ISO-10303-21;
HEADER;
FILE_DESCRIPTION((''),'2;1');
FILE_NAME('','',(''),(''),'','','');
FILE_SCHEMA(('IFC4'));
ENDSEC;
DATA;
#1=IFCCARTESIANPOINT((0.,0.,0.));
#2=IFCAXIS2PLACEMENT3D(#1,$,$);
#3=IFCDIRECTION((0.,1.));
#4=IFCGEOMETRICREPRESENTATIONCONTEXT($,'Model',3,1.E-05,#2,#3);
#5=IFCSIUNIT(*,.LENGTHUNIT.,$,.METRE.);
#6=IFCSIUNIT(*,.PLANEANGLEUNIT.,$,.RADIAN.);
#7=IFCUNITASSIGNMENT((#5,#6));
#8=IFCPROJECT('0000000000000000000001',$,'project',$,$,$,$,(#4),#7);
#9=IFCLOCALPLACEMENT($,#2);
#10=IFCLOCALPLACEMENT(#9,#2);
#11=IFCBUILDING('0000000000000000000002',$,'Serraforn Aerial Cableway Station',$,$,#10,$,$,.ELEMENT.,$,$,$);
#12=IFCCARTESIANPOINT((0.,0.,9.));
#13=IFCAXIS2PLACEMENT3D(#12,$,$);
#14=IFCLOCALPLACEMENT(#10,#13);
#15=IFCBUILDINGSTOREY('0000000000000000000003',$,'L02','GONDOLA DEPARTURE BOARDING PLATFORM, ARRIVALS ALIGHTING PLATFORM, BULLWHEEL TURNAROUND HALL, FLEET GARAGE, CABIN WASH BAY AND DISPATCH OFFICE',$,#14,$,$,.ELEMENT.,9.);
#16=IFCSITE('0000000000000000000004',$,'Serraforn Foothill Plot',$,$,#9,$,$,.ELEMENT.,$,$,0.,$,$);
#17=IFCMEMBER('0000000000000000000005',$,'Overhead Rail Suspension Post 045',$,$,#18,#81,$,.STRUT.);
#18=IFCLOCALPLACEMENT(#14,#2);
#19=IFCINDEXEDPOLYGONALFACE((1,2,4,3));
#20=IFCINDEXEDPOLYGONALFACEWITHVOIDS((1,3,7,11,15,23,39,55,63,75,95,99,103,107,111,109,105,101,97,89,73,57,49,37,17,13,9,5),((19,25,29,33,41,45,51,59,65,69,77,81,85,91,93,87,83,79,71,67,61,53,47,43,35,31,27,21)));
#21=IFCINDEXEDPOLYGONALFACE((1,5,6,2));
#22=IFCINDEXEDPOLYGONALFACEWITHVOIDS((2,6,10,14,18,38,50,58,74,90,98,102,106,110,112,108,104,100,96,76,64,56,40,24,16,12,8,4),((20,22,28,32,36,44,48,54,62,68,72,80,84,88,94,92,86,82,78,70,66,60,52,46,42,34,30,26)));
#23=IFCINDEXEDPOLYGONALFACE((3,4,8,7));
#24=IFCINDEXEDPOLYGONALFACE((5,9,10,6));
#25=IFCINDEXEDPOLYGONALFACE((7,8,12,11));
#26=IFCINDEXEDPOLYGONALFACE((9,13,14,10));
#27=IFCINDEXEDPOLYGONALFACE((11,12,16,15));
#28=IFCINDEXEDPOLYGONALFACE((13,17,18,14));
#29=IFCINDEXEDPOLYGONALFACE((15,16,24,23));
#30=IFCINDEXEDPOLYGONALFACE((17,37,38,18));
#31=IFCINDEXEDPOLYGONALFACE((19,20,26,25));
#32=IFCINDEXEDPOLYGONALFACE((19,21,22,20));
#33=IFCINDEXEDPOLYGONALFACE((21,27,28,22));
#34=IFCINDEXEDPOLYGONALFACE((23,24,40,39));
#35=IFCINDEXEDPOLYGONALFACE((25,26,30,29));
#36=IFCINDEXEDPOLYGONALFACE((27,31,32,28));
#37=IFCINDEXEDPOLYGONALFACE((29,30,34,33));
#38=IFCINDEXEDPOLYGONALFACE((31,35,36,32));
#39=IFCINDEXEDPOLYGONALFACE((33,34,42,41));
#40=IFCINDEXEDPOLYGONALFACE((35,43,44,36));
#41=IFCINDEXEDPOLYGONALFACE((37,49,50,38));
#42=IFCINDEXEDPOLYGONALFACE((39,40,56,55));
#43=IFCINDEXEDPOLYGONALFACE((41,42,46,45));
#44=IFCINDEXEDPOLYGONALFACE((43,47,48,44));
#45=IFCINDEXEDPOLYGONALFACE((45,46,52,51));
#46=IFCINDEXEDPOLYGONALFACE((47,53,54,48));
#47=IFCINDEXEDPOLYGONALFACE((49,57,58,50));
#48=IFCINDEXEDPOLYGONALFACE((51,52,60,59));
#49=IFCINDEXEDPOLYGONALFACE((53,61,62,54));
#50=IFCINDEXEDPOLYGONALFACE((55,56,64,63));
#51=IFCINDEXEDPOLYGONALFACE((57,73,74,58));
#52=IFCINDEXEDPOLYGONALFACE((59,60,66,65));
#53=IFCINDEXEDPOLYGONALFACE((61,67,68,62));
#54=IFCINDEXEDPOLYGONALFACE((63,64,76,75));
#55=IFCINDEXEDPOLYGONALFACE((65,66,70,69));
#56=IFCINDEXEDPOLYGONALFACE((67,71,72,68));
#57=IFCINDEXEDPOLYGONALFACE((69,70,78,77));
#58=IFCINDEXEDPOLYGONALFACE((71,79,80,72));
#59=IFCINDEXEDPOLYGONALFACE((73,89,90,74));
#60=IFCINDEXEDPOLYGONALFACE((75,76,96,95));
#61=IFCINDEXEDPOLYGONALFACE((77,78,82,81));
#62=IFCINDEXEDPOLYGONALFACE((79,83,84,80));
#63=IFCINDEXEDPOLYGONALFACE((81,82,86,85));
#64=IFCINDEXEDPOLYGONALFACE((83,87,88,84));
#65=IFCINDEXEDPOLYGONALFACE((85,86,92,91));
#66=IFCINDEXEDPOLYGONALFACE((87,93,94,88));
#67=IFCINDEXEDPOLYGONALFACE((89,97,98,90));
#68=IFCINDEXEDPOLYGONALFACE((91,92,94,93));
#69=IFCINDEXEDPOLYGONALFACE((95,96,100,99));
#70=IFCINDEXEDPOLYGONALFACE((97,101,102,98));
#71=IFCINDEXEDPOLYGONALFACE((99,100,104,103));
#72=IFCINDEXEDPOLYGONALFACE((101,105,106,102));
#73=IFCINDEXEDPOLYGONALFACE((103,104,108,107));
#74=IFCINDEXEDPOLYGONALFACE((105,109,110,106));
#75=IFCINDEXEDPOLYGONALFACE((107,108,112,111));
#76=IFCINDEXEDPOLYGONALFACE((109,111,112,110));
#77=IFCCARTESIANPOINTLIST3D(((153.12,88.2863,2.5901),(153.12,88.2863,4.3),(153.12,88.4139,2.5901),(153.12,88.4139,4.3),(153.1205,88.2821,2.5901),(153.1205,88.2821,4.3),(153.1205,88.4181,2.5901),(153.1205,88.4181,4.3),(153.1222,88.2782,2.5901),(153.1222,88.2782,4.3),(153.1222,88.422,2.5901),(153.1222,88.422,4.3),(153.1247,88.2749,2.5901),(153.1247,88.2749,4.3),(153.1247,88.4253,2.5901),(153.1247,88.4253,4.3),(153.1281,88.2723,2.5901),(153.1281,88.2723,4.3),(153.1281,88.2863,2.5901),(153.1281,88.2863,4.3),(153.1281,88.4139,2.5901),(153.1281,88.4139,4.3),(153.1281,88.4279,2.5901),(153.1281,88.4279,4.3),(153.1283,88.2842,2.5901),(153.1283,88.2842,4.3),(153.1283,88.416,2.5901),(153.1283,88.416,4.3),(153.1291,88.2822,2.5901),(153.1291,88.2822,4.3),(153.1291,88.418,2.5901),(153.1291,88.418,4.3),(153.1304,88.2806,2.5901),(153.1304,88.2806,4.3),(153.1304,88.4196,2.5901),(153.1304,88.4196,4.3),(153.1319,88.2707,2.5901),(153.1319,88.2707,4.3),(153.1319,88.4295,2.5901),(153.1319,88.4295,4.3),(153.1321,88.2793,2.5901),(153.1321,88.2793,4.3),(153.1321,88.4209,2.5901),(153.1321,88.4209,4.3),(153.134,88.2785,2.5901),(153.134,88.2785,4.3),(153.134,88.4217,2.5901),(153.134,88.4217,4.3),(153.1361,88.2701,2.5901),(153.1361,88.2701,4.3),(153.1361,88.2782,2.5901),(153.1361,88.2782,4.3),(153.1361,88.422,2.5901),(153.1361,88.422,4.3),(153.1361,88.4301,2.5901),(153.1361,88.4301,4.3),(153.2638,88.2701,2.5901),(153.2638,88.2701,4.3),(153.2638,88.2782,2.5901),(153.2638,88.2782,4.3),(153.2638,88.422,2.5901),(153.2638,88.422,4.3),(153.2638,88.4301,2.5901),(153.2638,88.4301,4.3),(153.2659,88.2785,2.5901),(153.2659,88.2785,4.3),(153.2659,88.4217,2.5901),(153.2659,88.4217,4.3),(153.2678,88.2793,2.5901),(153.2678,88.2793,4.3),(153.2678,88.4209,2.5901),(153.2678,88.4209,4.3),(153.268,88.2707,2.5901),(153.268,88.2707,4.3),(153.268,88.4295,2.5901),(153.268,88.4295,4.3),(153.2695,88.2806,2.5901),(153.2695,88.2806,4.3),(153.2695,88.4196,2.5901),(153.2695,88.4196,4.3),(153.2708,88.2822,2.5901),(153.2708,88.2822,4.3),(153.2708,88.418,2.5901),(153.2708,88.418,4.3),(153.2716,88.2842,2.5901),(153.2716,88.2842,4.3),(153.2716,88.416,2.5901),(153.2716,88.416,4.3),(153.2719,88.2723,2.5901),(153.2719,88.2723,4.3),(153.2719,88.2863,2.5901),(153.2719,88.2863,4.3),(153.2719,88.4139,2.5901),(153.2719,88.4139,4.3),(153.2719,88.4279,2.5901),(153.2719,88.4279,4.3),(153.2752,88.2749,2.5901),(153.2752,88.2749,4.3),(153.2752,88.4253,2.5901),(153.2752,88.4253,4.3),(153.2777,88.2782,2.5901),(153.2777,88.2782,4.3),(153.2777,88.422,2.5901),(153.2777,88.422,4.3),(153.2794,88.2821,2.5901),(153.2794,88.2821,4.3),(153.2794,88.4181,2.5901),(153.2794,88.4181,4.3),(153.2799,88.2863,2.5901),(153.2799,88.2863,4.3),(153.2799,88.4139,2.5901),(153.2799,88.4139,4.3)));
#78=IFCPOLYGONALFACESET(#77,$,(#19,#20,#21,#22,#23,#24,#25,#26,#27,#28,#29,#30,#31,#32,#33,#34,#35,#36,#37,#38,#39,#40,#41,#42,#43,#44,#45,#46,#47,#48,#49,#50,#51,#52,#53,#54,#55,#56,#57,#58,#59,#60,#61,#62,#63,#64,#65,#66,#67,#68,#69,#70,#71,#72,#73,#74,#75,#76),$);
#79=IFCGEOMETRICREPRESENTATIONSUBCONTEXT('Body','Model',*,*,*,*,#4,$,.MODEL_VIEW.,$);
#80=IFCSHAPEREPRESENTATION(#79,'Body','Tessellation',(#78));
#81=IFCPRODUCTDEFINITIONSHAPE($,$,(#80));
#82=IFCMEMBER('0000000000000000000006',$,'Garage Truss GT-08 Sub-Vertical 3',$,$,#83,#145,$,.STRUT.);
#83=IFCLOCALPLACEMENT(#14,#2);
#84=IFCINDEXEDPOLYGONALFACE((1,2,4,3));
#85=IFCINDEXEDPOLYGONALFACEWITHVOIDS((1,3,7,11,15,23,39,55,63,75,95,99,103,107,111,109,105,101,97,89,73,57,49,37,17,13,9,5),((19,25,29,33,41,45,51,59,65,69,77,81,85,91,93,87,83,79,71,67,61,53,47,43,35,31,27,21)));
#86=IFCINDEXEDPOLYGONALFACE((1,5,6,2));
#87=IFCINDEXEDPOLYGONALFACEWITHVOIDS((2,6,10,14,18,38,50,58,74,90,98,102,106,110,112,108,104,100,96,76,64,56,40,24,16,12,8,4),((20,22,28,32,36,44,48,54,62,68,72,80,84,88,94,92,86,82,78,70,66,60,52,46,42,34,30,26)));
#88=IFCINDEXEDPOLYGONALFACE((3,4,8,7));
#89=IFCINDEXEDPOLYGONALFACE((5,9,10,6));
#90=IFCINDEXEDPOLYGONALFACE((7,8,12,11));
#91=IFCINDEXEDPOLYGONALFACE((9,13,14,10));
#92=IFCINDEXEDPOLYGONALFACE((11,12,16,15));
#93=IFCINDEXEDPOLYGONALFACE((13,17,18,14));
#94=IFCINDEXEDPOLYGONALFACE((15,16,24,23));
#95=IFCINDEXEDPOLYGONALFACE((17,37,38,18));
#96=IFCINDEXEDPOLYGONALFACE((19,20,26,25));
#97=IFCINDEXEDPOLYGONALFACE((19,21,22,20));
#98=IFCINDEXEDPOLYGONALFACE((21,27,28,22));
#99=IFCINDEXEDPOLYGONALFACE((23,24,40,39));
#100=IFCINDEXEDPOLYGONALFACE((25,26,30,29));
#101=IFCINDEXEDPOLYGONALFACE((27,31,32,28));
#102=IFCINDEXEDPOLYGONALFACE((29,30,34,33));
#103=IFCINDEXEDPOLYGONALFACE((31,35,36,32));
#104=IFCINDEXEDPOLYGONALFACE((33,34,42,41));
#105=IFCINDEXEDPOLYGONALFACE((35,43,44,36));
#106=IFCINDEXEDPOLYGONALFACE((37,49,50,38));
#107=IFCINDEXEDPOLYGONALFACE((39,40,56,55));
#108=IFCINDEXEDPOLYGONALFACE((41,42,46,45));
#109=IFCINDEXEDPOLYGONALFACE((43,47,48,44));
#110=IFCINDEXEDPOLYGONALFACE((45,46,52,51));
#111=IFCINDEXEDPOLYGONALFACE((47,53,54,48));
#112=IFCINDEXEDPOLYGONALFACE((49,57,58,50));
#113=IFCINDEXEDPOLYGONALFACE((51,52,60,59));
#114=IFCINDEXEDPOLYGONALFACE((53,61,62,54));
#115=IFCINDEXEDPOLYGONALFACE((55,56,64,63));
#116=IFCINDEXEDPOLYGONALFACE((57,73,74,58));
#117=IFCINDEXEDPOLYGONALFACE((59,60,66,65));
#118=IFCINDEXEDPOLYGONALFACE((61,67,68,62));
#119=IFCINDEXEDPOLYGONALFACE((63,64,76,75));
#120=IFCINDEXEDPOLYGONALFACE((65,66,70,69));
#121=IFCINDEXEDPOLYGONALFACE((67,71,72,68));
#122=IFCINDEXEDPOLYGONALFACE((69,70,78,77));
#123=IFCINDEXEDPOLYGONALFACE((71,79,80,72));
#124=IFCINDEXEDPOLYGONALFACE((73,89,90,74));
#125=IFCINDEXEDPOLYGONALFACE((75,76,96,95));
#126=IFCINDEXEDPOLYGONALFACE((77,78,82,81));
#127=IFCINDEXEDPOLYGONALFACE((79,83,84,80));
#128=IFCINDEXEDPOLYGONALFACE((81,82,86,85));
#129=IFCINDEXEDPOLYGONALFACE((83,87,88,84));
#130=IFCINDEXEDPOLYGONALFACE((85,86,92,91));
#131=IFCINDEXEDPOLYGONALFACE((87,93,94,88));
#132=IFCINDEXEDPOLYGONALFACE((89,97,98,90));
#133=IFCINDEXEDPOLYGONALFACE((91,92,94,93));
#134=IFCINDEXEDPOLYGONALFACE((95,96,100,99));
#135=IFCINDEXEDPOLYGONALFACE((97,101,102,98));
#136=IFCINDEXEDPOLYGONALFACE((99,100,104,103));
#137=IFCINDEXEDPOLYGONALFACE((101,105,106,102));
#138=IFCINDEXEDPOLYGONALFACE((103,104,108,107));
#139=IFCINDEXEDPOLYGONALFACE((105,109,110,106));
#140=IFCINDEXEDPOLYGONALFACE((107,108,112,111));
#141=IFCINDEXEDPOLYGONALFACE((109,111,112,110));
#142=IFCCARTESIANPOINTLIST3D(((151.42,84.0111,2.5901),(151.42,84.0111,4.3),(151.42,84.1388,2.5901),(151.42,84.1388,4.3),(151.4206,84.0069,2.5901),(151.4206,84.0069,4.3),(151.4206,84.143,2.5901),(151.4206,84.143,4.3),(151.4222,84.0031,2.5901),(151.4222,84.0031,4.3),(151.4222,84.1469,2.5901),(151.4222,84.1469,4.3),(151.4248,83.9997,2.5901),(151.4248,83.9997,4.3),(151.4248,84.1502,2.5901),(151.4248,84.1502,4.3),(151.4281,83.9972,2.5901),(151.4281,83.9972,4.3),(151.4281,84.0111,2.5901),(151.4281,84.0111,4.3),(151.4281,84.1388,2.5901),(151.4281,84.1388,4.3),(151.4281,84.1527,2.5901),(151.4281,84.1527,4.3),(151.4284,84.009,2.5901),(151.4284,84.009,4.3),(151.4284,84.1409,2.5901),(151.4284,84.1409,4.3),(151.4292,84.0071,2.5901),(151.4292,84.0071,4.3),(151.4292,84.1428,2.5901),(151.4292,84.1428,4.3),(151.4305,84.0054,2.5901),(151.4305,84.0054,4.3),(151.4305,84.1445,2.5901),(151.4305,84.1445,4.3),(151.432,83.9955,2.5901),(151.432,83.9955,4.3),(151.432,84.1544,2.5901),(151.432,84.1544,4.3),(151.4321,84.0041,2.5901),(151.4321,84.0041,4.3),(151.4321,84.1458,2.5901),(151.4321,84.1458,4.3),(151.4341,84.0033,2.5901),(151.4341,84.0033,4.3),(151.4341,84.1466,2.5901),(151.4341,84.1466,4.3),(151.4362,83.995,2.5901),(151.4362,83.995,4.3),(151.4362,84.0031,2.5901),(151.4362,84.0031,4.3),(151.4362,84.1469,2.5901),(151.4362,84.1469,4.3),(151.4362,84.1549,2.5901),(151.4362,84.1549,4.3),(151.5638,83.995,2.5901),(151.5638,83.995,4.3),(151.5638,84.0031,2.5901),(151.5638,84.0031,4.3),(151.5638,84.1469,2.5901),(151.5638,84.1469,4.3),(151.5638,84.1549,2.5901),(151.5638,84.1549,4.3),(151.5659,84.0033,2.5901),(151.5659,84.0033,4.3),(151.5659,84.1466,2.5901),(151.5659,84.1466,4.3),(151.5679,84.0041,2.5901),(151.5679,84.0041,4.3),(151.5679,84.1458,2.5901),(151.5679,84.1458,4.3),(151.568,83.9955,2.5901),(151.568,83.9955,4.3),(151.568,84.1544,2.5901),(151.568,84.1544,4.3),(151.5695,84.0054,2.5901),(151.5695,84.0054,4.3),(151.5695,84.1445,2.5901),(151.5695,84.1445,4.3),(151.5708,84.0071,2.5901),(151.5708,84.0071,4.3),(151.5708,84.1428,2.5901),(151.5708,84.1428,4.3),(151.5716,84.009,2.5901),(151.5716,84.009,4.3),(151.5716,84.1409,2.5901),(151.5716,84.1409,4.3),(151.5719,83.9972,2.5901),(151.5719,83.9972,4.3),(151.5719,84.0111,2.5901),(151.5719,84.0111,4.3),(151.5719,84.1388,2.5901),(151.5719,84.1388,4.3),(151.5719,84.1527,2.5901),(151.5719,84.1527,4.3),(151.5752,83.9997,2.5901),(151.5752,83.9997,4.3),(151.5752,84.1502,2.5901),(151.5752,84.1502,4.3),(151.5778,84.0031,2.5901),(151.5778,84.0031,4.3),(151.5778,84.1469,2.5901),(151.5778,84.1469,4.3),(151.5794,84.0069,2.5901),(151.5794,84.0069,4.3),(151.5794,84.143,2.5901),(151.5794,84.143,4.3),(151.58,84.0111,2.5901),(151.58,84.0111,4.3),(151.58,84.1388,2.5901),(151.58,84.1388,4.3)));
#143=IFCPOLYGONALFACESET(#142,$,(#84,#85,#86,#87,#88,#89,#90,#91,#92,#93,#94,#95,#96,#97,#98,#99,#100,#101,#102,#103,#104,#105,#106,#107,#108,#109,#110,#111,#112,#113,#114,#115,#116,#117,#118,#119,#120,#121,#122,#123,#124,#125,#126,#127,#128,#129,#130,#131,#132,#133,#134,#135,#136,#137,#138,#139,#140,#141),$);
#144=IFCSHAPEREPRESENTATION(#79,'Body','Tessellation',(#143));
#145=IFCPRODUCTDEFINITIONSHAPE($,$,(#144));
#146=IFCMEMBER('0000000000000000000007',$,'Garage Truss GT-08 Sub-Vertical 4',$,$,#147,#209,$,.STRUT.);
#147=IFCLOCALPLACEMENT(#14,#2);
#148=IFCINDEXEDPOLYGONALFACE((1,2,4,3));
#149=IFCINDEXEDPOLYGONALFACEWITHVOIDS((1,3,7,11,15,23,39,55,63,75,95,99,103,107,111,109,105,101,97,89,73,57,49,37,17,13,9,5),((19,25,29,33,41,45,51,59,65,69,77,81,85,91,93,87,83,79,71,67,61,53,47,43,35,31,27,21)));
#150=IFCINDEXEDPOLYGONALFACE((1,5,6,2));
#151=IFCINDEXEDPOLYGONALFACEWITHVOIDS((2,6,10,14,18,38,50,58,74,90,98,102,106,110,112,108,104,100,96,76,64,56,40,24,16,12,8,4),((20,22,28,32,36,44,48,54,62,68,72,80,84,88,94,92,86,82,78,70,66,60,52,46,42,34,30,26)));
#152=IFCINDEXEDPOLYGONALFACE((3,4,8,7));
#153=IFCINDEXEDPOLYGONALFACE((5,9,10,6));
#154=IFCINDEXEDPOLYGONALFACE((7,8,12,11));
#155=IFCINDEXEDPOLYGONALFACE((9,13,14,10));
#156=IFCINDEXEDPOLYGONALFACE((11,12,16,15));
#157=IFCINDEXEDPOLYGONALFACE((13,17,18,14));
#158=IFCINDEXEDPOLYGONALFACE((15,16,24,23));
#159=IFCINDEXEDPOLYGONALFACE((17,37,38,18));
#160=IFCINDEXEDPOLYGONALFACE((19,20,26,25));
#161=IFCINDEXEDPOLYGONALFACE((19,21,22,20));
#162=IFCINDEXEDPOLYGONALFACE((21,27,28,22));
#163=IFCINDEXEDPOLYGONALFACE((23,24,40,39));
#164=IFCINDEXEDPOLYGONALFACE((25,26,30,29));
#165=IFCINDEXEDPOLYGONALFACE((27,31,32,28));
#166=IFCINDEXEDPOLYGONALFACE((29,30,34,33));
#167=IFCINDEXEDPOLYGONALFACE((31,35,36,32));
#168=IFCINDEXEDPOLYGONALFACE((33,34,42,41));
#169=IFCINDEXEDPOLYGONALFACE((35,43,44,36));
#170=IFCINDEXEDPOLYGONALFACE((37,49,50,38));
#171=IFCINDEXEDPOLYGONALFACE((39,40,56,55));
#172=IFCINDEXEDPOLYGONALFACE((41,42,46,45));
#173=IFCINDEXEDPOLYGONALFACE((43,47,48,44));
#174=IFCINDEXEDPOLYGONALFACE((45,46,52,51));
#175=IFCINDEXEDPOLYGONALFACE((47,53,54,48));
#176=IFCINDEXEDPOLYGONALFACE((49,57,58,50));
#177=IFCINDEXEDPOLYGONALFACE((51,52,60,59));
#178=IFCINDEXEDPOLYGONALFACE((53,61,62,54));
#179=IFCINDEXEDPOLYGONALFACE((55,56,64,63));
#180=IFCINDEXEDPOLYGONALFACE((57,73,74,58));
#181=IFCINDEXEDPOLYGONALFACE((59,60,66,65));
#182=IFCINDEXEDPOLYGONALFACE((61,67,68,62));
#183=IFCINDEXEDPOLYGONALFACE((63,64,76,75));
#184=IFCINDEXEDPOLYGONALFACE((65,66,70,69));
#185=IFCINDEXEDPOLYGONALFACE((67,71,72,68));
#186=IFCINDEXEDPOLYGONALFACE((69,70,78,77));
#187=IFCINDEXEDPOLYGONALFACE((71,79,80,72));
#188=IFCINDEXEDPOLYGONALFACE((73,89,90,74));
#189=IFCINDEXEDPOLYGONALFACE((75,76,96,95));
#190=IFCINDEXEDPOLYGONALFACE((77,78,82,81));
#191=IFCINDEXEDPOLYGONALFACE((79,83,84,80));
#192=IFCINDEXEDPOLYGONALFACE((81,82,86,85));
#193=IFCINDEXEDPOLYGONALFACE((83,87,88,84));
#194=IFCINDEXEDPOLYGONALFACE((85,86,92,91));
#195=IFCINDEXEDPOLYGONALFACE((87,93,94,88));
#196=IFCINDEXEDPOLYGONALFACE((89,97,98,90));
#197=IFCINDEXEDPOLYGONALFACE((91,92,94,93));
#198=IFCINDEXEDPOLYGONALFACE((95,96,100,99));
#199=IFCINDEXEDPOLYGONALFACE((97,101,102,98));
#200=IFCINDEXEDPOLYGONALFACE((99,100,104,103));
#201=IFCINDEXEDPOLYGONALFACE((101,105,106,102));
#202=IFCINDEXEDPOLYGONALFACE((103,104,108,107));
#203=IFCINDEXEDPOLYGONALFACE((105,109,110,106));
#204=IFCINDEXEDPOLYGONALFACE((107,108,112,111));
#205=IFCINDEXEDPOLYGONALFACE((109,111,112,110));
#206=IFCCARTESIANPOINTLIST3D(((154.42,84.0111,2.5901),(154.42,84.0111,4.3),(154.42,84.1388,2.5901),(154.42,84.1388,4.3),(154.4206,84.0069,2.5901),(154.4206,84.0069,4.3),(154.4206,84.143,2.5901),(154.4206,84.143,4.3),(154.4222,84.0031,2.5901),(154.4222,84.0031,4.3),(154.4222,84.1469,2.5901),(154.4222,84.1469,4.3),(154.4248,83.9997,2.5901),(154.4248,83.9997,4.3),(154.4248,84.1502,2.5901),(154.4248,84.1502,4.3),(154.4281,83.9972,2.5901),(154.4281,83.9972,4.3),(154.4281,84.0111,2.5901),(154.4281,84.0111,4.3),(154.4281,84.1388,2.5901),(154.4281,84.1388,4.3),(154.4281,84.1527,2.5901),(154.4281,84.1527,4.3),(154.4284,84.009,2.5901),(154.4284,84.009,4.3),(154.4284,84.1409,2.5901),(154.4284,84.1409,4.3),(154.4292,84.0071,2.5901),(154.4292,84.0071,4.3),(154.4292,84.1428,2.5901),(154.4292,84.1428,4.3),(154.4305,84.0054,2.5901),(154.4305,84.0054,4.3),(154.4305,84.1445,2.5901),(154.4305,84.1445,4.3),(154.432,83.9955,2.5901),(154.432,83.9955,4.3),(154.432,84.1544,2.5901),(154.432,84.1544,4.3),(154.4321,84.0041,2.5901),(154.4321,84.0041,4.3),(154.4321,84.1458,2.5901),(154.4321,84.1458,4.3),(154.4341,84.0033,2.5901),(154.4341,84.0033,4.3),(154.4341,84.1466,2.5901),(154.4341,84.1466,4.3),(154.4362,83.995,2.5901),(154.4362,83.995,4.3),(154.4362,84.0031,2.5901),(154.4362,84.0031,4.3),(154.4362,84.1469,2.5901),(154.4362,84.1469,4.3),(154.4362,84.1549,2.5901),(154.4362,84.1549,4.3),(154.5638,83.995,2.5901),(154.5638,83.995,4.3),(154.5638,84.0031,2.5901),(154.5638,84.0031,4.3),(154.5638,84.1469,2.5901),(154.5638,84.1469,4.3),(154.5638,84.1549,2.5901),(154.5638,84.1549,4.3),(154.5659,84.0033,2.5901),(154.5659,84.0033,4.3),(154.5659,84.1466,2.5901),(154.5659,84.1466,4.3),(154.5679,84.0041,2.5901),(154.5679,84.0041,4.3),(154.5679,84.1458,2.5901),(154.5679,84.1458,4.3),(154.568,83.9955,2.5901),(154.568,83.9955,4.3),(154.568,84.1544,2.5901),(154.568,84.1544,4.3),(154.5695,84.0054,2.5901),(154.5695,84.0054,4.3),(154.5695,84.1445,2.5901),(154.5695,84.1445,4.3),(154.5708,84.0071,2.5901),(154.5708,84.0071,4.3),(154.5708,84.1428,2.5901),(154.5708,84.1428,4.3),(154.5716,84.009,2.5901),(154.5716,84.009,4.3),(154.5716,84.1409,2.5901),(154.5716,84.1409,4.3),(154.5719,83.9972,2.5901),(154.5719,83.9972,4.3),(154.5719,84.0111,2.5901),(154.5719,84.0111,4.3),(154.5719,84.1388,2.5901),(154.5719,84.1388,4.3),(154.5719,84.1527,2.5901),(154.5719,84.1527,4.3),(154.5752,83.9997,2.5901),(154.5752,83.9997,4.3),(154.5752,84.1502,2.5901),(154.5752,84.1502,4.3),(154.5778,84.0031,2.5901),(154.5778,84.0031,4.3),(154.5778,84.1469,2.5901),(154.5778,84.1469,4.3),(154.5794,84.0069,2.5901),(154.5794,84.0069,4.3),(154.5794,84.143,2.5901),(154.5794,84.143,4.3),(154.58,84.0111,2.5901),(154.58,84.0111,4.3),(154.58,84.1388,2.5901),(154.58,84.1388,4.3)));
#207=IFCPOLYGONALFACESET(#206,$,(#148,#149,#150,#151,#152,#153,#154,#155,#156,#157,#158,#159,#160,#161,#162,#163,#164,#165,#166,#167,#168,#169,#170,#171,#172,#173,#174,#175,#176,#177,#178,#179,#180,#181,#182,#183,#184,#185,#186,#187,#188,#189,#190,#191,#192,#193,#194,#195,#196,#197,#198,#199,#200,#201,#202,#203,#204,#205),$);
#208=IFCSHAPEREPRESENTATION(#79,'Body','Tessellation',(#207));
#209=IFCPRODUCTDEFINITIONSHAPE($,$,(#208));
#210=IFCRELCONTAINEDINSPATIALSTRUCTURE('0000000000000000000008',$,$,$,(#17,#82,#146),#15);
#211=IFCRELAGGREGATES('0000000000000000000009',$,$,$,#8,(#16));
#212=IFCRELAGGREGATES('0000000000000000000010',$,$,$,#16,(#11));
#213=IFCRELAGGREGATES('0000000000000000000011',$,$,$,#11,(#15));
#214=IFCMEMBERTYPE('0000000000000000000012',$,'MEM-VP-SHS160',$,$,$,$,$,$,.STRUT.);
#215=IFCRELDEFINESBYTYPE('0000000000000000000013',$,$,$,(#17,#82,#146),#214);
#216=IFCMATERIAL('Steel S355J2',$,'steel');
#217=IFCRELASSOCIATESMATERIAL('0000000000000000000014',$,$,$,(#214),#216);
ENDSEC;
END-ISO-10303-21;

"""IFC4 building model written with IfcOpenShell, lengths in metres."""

from ifc_helpers import new_model, si_unit, direction, frame, origin, origin_2d, place, context, subcontext, project, spatial, hollow_rectangle, extrude, material, material_profile, profile_set, type_object, element, save


model = new_model("IFC4")

# Units and contexts
model_context = context("Model", 3, precision=1e-05, world=origin(), true_north=direction((0.0, 1.0)))
body_context = subcontext(model_context, "Body", "Model", "MODEL_VIEW")
ifc_project = project(units=[si_unit("LENGTHUNIT", "METRE"), si_unit("PLANEANGLEUNIT", "RADIAN")], contexts=[model_context])

# Site, building, storey
site_placement = place(None, origin())
site = spatial("IfcSite", under=ifc_project, at=site_placement, Name="Serraforn Foothill Plot", CompositionType="ELEMENT", RefElevation=0.0)
building_placement = place(site_placement, origin())
building = spatial("IfcBuilding", under=site, at=building_placement, Name="Serraforn Aerial Cableway Station", CompositionType="ELEMENT")
storey_placement = place(building_placement, frame((0.0, 0.0, 9.0)))
storey = spatial("IfcBuildingStorey", under=building, at=storey_placement, Name="L02", Description="GONDOLA DEPARTURE BOARDING PLATFORM, ARRIVALS ALIGHTING PLATFORM, BULLWHEEL TURNAROUND HALL, FLEET GARAGE, CABIN WASH BAY AND DISPATCH OFFICE", CompositionType="ELEMENT", Elevation=9.0)

# Shared definitions
ifc_material_1 = material(Name="Steel S355J2", Category="steel")

# Members
ifc_material_profile_1 = material_profile(ifc_material_1, hollow_rectangle(XDim=0.1599, YDim=0.1599, WallThickness=0.0081, InnerFilletRadius=0.0081, OuterFilletRadius=0.0161, at=origin_2d()), Name="SHS 160x160x8.0")
ifc_profile_set_1 = profile_set([ifc_material_profile_1], Name="Steel S355J2")
member_type_1 = type_object("IfcMemberType", Name="MEM-VP-SHS160", PredefinedType="STRUT", material=ifc_profile_set_1)
for number, where, z_axis, x_axis, name in (
    (1, (153.2, 88.3501, 2.5901), (0.0, 0.0, 1.0), (1.0, 0.0, 0.0), "Overhead Rail Suspension Post 045"),
    (2, (151.5, 84.075, 2.5901), (0.0, 0.0, 1.0), (1.0, 0.0, 0.0), "Garage Truss GT-08 Sub-Vertical 3"),
    (3, (154.5, 84.075, 2.5901), (0.0, 0.0, 1.0), (1.0, 0.0, 0.0), "Garage Truss GT-08 Sub-Vertical 4"),
):
    element("IfcMember", number, at=place(storey_placement, frame(where, z_axis=z_axis, x_axis=x_axis)), inside=storey, type_object=member_type_1, Name=name, PredefinedType="STRUT", context=body_context, shape_type="SweptSolid", body=[
        extrude(hollow_rectangle(XDim=0.1599, YDim=0.1599, WallThickness=0.0081, InnerFilletRadius=0.0081, OuterFilletRadius=0.0161, at=origin_2d()), origin(), (0.0, 0.0, 1.0), 1.71),
    ])

save(model, "model.ifc")
